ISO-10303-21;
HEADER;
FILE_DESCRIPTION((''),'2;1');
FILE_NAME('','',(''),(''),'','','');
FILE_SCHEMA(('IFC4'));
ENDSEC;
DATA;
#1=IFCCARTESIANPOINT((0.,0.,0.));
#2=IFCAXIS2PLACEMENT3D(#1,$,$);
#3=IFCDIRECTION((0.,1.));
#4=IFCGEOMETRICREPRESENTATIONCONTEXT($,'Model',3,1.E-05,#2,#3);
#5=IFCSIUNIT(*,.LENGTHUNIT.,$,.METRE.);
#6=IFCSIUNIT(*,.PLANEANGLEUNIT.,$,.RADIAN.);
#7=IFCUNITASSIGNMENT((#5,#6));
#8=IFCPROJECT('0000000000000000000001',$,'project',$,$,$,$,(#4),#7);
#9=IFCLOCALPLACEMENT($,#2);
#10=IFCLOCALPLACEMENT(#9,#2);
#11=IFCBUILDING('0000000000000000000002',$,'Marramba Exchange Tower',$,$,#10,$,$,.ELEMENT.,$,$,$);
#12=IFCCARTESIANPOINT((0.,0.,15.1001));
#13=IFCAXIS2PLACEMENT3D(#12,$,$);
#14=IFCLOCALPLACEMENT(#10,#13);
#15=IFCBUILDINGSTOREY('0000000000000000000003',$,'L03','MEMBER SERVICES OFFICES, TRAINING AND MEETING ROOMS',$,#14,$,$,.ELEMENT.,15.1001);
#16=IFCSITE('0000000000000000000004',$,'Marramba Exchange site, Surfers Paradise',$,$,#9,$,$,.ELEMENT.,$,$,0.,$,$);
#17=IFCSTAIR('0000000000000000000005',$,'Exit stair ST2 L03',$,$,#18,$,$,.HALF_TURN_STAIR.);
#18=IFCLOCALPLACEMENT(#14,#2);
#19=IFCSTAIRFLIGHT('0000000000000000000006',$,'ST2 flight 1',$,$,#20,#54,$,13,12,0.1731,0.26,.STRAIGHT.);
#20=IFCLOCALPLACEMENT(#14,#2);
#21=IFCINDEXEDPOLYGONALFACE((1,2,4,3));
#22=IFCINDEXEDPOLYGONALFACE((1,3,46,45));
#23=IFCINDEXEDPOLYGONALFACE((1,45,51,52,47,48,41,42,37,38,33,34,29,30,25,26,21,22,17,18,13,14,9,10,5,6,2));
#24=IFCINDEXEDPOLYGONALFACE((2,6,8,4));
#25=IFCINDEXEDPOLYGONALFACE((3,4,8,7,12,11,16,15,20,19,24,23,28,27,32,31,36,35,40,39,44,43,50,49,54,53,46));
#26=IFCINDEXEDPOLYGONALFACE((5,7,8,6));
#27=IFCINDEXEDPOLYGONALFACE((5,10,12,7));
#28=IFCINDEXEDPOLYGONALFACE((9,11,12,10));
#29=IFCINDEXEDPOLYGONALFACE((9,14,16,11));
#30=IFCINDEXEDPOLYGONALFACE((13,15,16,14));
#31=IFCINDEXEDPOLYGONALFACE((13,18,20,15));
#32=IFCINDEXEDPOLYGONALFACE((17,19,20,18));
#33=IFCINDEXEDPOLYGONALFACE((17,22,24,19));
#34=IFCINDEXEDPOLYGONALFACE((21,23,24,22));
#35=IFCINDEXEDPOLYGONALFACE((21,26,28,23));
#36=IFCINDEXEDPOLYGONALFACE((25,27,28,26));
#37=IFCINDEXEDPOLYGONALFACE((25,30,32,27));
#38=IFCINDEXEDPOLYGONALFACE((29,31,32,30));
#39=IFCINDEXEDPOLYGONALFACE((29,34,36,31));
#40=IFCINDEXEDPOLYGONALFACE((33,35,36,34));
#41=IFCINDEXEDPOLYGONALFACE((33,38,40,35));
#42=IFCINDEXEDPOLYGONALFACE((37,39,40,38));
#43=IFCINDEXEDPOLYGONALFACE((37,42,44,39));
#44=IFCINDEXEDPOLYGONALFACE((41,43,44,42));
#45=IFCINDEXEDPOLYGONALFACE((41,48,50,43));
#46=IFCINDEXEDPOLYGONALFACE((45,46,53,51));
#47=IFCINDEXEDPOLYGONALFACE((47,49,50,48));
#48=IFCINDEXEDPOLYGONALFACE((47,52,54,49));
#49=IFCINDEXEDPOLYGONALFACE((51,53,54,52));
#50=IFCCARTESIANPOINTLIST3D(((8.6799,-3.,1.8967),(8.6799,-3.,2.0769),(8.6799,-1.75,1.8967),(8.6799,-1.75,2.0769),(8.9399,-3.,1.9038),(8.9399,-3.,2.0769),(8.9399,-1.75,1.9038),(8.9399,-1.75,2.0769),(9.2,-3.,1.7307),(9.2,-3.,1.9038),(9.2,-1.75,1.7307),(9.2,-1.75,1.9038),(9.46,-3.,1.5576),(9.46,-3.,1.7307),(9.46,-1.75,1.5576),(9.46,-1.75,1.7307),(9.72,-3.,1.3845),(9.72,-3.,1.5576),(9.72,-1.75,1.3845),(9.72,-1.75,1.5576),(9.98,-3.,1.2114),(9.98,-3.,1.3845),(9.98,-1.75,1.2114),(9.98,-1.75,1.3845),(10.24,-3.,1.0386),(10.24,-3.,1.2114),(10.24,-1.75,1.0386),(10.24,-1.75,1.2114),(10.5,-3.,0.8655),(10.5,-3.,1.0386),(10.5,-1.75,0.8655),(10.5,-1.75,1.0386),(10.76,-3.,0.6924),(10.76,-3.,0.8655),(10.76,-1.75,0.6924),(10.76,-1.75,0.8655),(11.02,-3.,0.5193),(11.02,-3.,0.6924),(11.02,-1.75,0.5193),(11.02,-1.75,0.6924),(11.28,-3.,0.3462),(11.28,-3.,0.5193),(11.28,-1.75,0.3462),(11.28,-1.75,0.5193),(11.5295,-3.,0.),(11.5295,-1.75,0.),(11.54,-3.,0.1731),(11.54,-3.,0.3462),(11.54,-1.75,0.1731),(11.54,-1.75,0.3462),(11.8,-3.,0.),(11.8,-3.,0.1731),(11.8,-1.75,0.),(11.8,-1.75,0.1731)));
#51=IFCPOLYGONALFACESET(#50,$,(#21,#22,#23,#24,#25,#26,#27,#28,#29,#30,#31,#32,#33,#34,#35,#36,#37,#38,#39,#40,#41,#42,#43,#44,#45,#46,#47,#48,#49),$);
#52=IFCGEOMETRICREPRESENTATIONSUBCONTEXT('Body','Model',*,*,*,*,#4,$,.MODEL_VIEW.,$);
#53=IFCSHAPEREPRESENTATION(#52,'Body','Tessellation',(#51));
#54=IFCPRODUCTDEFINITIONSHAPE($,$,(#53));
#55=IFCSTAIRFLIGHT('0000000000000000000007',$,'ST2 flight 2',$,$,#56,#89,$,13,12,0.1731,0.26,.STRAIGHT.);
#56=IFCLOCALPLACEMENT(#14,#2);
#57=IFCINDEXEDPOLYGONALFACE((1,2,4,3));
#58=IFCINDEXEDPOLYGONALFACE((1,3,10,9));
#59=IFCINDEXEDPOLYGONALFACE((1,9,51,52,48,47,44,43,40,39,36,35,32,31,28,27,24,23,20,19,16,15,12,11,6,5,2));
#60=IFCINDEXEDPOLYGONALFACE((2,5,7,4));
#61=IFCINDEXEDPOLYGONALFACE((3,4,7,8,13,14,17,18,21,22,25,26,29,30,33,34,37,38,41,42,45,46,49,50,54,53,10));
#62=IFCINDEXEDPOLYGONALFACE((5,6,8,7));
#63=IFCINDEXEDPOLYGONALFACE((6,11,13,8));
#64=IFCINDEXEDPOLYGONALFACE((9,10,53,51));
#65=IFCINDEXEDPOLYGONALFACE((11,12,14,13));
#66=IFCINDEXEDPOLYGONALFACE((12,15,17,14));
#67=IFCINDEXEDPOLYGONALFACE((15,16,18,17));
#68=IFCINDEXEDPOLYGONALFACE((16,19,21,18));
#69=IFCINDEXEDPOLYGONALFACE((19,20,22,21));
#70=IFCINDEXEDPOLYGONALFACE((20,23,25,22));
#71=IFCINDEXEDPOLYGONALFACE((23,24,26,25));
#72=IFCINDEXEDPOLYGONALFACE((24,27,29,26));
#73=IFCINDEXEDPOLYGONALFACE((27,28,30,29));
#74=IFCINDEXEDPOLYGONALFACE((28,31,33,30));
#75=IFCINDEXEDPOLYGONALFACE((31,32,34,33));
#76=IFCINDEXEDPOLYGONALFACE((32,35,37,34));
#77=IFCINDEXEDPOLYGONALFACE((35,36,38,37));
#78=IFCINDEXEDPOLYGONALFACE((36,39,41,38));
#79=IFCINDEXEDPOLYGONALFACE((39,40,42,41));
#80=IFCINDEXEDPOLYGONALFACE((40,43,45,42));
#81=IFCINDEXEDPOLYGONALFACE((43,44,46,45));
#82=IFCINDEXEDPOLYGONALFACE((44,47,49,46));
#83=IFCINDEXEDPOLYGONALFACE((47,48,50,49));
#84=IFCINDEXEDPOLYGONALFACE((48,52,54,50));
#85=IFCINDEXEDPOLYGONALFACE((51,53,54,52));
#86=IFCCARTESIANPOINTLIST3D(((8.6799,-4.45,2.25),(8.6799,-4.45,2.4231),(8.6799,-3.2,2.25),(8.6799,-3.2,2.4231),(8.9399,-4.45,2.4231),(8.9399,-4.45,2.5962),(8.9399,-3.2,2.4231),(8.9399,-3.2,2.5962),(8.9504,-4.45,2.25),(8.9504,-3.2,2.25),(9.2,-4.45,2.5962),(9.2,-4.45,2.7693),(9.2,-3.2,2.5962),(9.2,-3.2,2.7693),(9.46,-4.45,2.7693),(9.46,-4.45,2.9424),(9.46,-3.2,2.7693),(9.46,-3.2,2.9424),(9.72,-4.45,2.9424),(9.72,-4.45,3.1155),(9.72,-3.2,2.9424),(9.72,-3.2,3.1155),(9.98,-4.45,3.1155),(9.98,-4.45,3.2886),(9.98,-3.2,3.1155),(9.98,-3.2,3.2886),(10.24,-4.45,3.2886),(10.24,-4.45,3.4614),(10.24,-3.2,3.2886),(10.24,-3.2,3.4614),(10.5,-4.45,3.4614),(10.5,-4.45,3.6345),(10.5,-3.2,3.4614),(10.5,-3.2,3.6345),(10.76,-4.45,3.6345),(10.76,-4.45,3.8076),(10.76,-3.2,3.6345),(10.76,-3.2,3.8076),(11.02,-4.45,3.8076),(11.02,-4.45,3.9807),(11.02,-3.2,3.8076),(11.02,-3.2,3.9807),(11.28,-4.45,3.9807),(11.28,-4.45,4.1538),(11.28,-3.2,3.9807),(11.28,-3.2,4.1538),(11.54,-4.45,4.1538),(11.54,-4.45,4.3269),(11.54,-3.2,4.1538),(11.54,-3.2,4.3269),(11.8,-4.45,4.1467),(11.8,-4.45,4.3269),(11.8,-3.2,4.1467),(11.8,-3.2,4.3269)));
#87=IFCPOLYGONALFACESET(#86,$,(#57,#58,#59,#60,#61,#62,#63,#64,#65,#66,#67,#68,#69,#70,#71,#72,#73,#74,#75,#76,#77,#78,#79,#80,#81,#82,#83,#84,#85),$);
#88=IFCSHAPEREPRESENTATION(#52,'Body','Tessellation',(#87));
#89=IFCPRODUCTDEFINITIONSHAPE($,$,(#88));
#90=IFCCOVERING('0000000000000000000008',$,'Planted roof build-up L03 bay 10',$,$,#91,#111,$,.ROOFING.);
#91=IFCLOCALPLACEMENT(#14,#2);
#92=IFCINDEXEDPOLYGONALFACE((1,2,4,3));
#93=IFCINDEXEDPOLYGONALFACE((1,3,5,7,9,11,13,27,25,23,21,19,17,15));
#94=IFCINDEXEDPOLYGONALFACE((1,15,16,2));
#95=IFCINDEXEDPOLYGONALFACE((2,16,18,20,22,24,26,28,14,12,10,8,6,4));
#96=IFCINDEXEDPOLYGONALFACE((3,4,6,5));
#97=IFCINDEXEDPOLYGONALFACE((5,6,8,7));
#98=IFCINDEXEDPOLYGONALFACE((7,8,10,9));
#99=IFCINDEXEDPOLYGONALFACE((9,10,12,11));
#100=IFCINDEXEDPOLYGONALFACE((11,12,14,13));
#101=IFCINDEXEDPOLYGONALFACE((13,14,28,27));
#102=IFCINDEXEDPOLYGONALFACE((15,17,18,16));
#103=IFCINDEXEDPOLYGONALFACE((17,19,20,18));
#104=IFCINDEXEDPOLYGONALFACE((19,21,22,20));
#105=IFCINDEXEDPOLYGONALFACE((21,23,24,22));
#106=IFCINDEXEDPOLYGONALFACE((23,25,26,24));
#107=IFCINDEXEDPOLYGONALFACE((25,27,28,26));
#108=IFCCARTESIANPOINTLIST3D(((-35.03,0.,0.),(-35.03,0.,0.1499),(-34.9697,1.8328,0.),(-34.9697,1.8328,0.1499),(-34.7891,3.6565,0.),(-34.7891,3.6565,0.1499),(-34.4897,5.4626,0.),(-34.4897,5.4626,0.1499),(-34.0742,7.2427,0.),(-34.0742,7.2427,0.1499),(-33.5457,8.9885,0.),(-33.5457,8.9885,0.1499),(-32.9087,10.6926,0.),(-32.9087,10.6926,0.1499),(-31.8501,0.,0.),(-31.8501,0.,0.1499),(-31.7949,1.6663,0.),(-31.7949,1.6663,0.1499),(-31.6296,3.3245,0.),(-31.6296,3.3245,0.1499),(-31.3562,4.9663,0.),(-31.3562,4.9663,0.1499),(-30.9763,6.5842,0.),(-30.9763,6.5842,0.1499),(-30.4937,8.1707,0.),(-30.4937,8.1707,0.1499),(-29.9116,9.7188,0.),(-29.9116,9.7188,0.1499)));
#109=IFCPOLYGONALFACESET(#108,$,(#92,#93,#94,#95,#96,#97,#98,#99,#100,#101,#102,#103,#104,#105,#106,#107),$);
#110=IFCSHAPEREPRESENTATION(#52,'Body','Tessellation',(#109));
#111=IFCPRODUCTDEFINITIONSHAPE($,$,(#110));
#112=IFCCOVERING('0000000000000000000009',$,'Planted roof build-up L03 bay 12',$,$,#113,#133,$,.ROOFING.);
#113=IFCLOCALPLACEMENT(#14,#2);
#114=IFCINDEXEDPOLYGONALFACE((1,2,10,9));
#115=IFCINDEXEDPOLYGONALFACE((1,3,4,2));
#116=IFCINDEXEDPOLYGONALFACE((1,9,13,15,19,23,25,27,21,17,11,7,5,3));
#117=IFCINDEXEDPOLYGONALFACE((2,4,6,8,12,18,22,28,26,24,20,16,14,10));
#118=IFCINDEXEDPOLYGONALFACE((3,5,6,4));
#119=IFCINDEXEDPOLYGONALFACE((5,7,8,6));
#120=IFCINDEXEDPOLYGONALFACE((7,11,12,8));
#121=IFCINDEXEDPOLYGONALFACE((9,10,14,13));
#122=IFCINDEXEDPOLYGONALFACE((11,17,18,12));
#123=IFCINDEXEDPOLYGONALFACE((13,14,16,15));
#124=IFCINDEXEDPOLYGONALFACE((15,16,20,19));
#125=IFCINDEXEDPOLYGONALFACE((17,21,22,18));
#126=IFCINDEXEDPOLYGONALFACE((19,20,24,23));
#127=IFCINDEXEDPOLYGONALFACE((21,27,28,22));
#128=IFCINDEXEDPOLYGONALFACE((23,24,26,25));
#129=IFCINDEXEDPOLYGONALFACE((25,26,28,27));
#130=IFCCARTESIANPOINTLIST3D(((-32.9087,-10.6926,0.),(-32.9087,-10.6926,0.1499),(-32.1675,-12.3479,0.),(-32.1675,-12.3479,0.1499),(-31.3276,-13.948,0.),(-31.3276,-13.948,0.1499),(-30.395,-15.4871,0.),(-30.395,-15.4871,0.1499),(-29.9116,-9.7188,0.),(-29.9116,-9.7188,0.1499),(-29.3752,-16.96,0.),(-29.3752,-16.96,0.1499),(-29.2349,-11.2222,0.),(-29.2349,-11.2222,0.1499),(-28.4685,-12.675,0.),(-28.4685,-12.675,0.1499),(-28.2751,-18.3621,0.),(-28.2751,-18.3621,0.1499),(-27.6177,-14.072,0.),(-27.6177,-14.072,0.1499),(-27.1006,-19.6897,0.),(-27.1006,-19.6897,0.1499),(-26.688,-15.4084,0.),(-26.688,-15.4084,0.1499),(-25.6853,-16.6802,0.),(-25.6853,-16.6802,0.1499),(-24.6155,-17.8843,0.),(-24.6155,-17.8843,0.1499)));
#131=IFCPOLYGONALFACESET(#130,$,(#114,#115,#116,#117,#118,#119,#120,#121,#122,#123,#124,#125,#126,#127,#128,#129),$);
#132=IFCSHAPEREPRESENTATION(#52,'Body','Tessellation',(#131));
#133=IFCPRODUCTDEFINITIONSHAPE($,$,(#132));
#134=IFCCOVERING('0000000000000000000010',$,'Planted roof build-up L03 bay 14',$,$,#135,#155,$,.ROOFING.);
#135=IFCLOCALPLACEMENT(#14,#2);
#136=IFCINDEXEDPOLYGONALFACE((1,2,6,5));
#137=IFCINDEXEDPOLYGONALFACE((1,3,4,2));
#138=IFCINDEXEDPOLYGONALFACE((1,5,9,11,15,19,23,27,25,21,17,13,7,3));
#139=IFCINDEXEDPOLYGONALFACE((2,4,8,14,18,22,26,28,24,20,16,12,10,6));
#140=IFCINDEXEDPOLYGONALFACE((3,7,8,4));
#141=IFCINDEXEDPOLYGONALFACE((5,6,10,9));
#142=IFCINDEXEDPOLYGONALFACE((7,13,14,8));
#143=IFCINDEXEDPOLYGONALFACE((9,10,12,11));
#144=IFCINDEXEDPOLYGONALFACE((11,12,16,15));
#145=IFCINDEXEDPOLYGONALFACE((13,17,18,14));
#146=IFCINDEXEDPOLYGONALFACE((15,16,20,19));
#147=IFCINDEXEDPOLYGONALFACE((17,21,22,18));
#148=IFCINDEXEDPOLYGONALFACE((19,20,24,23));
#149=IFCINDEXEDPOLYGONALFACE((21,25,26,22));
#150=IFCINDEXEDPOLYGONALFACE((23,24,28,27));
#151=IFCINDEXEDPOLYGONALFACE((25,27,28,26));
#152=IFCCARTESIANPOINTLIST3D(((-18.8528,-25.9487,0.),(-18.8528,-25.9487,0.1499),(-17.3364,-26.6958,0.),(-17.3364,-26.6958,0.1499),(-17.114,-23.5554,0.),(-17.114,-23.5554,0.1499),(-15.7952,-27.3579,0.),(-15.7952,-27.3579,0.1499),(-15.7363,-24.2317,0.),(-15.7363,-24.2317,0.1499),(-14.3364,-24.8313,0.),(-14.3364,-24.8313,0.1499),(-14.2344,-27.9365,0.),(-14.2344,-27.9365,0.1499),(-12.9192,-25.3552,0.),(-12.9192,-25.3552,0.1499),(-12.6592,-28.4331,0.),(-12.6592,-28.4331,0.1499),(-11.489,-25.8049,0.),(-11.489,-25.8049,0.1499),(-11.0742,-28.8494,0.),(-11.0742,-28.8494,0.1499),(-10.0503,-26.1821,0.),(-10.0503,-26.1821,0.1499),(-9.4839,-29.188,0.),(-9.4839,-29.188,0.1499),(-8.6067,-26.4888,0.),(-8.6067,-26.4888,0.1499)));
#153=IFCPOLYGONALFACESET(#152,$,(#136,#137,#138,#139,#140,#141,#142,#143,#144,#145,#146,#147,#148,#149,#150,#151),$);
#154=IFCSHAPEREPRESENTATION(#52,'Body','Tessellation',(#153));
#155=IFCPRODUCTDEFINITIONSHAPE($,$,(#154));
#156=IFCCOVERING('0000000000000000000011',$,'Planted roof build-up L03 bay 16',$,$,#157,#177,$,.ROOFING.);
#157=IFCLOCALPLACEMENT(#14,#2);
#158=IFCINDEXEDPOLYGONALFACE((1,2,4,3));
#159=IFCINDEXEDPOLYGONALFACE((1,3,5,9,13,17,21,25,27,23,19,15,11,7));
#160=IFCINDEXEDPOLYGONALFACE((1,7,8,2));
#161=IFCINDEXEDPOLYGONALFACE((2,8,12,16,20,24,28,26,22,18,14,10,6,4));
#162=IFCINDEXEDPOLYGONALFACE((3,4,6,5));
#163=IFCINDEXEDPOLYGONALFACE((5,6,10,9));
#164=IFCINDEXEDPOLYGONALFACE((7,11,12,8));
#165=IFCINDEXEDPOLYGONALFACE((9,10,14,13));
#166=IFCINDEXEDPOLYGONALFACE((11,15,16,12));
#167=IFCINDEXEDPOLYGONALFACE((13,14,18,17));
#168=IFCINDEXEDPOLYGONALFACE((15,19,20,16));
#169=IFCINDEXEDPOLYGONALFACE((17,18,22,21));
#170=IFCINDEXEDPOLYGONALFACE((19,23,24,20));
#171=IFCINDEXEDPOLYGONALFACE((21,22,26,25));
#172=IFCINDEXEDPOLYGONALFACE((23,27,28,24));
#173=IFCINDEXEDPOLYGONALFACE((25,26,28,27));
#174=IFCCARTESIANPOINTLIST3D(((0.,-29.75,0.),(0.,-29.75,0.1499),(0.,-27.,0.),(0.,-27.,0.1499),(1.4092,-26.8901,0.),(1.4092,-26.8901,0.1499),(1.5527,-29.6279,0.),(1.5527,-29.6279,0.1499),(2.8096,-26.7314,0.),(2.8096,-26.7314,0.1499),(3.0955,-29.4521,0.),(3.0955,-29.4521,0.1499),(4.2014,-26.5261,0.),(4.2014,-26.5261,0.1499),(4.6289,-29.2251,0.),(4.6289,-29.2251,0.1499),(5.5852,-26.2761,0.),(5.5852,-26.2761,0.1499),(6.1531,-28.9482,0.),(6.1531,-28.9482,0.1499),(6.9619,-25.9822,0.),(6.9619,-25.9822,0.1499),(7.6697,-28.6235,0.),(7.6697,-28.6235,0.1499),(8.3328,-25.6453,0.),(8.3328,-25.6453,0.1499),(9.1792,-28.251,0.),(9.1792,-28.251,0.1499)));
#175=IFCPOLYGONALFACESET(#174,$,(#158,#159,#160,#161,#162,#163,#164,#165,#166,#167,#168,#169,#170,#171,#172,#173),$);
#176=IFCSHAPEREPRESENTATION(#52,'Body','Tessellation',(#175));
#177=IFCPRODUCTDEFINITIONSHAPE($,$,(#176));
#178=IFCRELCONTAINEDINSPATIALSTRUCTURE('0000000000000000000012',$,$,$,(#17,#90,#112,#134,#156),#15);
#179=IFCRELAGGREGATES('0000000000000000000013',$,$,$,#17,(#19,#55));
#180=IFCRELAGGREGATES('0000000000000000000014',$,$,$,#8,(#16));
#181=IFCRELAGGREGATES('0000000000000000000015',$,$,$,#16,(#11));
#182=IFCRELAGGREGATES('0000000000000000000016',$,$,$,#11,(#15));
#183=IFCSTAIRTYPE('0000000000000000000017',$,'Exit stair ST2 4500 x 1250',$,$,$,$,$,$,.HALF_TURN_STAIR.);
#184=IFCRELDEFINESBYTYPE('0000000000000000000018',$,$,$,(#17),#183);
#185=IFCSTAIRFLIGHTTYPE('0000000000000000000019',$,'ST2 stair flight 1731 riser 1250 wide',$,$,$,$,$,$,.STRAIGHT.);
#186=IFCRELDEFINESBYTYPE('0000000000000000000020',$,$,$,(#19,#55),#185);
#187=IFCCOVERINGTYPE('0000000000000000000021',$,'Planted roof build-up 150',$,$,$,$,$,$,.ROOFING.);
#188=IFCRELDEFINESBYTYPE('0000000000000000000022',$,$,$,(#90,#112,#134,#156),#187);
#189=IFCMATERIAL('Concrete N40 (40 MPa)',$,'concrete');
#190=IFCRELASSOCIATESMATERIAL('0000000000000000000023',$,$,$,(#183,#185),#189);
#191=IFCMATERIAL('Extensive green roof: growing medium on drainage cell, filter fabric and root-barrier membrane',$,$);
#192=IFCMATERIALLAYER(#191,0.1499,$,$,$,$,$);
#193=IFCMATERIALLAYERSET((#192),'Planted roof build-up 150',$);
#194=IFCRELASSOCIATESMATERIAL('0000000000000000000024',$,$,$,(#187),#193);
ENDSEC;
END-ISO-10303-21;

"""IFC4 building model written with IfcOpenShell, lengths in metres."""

from ifc_helpers import new_model, si_unit, direction, frame, origin, place, context, subcontext, project, spatial, polyline, outline, extrude, material, layer, layer_set, type_object, element, aggregate, save


model = new_model("IFC4")

# Units and contexts
model_context = context("Model", 3, precision=1e-05, world=origin(), true_north=direction((0.0, 1.0)))
body_context = subcontext(model_context, "Body", "Model", "MODEL_VIEW")
ifc_project = project(units=[si_unit("LENGTHUNIT", "METRE"), si_unit("PLANEANGLEUNIT", "RADIAN")], contexts=[model_context])

# Site, building, storey
site_placement = place(None, origin())
site = spatial("IfcSite", under=ifc_project, at=site_placement, Name="Marramba Exchange site, Surfers Paradise", CompositionType="ELEMENT", RefElevation=0.0)
building_placement = place(site_placement, origin())
building = spatial("IfcBuilding", under=site, at=building_placement, Name="Marramba Exchange Tower", CompositionType="ELEMENT")
storey_placement = place(building_placement, frame((0.0, 0.0, 15.1001)))
storey = spatial("IfcBuildingStorey", under=building, at=storey_placement, Name="L03", Description="MEMBER SERVICES OFFICES, TRAINING AND MEETING ROOMS", CompositionType="ELEMENT", Elevation=15.1001)

# Shared definitions
ifc_material_1 = material(Name="Concrete N40 (40 MPa)", Category="concrete")

# Stair, stair flights
stair_type_1 = type_object("IfcStairType", Name="Exit stair ST2 4500 x 1250", PredefinedType="HALF_TURN_STAIR", material=ifc_material_1)
stair_1_placement = place(storey_placement, origin())
stair_1 = element("IfcStair", 1, at=stair_1_placement, inside=storey, type_object=stair_type_1, Name="Exit stair ST2 L03", PredefinedType="HALF_TURN_STAIR")
stair_flight_type = type_object("IfcStairFlightType", Name="ST2 stair flight 1731 riser 1250 wide", PredefinedType="STRAIGHT", material=ifc_material_1)
stair_flight_1_placement = place(storey_placement, frame((11.8, -2.375, 0.0), z_axis=(0.0, 0.0, 1.0), x_axis=(-1.0, 0.0, 0.0)))
stair_flight_1 = element("IfcStairFlight", 2, at=stair_flight_1_placement, type_object=stair_flight_type, Name="ST2 flight 1", NumberOfRisers=13, NumberOfTreads=12, PredefinedType="STRAIGHT", RiserHeight=0.1731, TreadLength=0.26, context=body_context, shape_type="SweptSolid", body=[
    extrude(outline(polyline([(0.0, 0.0), (0.0, 0.1731), (0.26, 0.1731), (0.26, 0.3462), (0.52, 0.3462), (0.52, 0.5193), (0.78, 0.5193), (0.78, 0.6924), (1.04, 0.6924), (1.04, 0.8655), (1.3, 0.8655), (1.3, 1.0386), (1.5601, 1.0386), (1.5601, 1.2114), (1.8201, 1.2114), (1.8201, 1.3845), (2.0801, 1.3845), (2.0801, 1.5576), (2.3401, 1.5576), (2.3401, 1.7307), (2.6001, 1.7307), (2.6001, 1.9038), (2.8601, 1.9038), (2.8601, 2.0769), (3.1201, 2.0769), (3.1201, 2.25), (3.1201, 1.8967), (0.2705, 0.0), (0.0, 0.0)])), frame((0.0, 0.625, 0.0), z_axis=(0.0, -1.0, 0.0), x_axis=(1.0, 0.0, 0.0)), (0.0, 0.0, 1.0), 1.25),
])
stair_flight_2_placement = place(storey_placement, frame((8.6799, -3.825, 2.25), z_axis=(0.0, 0.0, 1.0), x_axis=(1.0, 0.0, 0.0)))
stair_flight_2 = element("IfcStairFlight", 3, at=stair_flight_2_placement, type_object=stair_flight_type, Name="ST2 flight 2", NumberOfRisers=13, NumberOfTreads=12, PredefinedType="STRAIGHT", RiserHeight=0.1731, TreadLength=0.26, context=body_context, shape_type="SweptSolid", body=[
    extrude(outline(polyline([(0.0, 0.0), (0.0, 0.1731), (0.26, 0.1731), (0.26, 0.3462), (0.52, 0.3462), (0.52, 0.5193), (0.78, 0.5193), (0.78, 0.6924), (1.04, 0.6924), (1.04, 0.8655), (1.3, 0.8655), (1.3, 1.0386), (1.5601, 1.0386), (1.5601, 1.2114), (1.8201, 1.2114), (1.8201, 1.3845), (2.0801, 1.3845), (2.0801, 1.5576), (2.3401, 1.5576), (2.3401, 1.7307), (2.6001, 1.7307), (2.6001, 1.9038), (2.8601, 1.9038), (2.8601, 2.0769), (3.1201, 2.0769), (3.1201, 2.25), (3.1201, 1.8967), (0.2705, 0.0), (0.0, 0.0)])), frame((0.0, 0.625, 0.0), z_axis=(0.0, -1.0, 0.0), x_axis=(1.0, 0.0, 0.0)), (0.0, 0.0, 1.0), 1.25),
])
aggregate(stair_1, [stair_flight_1, stair_flight_2])

# Coverings
ifc_material_2 = material(Name="Extensive green roof: growing medium on drainage cell, filter fabric and root-barrier membrane")
ifc_layer_1 = layer(ifc_material_2, 0.1499)
ifc_layer_set_1 = layer_set([ifc_layer_1], Name="Planted roof build-up 150")
covering_type = type_object("IfcCoveringType", Name="Planted roof build-up 150", PredefinedType="ROOFING", material=ifc_layer_set_1)
covering_1_placement = place(storey_placement, origin())
element("IfcCovering", 4, at=covering_1_placement, inside=storey, type_object=covering_type, Name="Planted roof build-up L03 bay 10", PredefinedType="ROOFING", context=body_context, shape_type="SweptSolid", body=[
    extrude(outline(polyline([(-29.9116, 9.7188), (-30.4937, 8.1707), (-30.9763, 6.5842), (-31.3562, 4.9663), (-31.6296, 3.3245), (-31.7949, 1.6663), (-31.8501, 0.0), (-35.03, 0.0), (-34.9697, 1.8328), (-34.7891, 3.6565), (-34.4897, 5.4626), (-34.0742, 7.2427), (-33.5457, 8.9885), (-32.9087, 10.6926), (-29.9116, 9.7188)])), origin(), (0.0, 0.0, 1.0), 0.1499),
])
covering_2_placement = place(storey_placement, origin())
element("IfcCovering", 5, at=covering_2_placement, inside=storey, type_object=covering_type, Name="Planted roof build-up L03 bay 12", PredefinedType="ROOFING", context=body_context, shape_type="SweptSolid", body=[
    extrude(outline(polyline([(-29.9116, -9.7188), (-29.2349, -11.2222), (-28.4685, -12.675), (-27.6177, -14.072), (-26.688, -15.4084), (-25.6853, -16.6802), (-24.6155, -17.8843), (-27.1006, -19.6897), (-27.1006, -19.6897), (-28.2751, -18.3621), (-29.3752, -16.96), (-30.395, -15.4871), (-31.3276, -13.948), (-32.1675, -12.3479), (-32.9087, -10.6926), (-32.9087, -10.6926), (-29.9116, -9.7188)])), origin(), (0.0, 0.0, 1.0), 0.1499),
])
covering_3_placement = place(storey_placement, origin())
element("IfcCovering", 6, at=covering_3_placement, inside=storey, type_object=covering_type, Name="Planted roof build-up L03 bay 14", PredefinedType="ROOFING", context=body_context, shape_type="SweptSolid", body=[
    extrude(outline(polyline([(-17.114, -23.5554), (-15.7363, -24.2317), (-14.3364, -24.8313), (-12.9192, -25.3552), (-11.489, -25.8049), (-10.0503, -26.1821), (-8.6067, -26.4888), (-9.4839, -29.188), (-9.4839, -29.188), (-11.0742, -28.8494), (-12.6592, -28.4331), (-14.2344, -27.9365), (-15.7952, -27.3579), (-17.3364, -26.6958), (-18.8528, -25.9487), (-17.114, -23.5554)])), origin(), (0.0, 0.0, 1.0), 0.1499),
])
covering_4_placement = place(storey_placement, origin())
element("IfcCovering", 7, at=covering_4_placement, inside=storey, type_object=covering_type, Name="Planted roof build-up L03 bay 16", PredefinedType="ROOFING", context=body_context, shape_type="SweptSolid", body=[
    extrude(outline(polyline([(0.0, -27.0), (1.4092, -26.8901), (2.8096, -26.7314), (4.2014, -26.5261), (5.5852, -26.2761), (6.9619, -25.9822), (8.3328, -25.6453), (9.1792, -28.251), (7.6697, -28.6235), (6.1531, -28.9482), (4.6289, -29.2251), (3.0955, -29.4521), (1.5527, -29.6279), (0.0, -29.75), (0.0, -27.0)])), origin(), (0.0, 0.0, 1.0), 0.1499),
])

save(model, "model.ifc")
